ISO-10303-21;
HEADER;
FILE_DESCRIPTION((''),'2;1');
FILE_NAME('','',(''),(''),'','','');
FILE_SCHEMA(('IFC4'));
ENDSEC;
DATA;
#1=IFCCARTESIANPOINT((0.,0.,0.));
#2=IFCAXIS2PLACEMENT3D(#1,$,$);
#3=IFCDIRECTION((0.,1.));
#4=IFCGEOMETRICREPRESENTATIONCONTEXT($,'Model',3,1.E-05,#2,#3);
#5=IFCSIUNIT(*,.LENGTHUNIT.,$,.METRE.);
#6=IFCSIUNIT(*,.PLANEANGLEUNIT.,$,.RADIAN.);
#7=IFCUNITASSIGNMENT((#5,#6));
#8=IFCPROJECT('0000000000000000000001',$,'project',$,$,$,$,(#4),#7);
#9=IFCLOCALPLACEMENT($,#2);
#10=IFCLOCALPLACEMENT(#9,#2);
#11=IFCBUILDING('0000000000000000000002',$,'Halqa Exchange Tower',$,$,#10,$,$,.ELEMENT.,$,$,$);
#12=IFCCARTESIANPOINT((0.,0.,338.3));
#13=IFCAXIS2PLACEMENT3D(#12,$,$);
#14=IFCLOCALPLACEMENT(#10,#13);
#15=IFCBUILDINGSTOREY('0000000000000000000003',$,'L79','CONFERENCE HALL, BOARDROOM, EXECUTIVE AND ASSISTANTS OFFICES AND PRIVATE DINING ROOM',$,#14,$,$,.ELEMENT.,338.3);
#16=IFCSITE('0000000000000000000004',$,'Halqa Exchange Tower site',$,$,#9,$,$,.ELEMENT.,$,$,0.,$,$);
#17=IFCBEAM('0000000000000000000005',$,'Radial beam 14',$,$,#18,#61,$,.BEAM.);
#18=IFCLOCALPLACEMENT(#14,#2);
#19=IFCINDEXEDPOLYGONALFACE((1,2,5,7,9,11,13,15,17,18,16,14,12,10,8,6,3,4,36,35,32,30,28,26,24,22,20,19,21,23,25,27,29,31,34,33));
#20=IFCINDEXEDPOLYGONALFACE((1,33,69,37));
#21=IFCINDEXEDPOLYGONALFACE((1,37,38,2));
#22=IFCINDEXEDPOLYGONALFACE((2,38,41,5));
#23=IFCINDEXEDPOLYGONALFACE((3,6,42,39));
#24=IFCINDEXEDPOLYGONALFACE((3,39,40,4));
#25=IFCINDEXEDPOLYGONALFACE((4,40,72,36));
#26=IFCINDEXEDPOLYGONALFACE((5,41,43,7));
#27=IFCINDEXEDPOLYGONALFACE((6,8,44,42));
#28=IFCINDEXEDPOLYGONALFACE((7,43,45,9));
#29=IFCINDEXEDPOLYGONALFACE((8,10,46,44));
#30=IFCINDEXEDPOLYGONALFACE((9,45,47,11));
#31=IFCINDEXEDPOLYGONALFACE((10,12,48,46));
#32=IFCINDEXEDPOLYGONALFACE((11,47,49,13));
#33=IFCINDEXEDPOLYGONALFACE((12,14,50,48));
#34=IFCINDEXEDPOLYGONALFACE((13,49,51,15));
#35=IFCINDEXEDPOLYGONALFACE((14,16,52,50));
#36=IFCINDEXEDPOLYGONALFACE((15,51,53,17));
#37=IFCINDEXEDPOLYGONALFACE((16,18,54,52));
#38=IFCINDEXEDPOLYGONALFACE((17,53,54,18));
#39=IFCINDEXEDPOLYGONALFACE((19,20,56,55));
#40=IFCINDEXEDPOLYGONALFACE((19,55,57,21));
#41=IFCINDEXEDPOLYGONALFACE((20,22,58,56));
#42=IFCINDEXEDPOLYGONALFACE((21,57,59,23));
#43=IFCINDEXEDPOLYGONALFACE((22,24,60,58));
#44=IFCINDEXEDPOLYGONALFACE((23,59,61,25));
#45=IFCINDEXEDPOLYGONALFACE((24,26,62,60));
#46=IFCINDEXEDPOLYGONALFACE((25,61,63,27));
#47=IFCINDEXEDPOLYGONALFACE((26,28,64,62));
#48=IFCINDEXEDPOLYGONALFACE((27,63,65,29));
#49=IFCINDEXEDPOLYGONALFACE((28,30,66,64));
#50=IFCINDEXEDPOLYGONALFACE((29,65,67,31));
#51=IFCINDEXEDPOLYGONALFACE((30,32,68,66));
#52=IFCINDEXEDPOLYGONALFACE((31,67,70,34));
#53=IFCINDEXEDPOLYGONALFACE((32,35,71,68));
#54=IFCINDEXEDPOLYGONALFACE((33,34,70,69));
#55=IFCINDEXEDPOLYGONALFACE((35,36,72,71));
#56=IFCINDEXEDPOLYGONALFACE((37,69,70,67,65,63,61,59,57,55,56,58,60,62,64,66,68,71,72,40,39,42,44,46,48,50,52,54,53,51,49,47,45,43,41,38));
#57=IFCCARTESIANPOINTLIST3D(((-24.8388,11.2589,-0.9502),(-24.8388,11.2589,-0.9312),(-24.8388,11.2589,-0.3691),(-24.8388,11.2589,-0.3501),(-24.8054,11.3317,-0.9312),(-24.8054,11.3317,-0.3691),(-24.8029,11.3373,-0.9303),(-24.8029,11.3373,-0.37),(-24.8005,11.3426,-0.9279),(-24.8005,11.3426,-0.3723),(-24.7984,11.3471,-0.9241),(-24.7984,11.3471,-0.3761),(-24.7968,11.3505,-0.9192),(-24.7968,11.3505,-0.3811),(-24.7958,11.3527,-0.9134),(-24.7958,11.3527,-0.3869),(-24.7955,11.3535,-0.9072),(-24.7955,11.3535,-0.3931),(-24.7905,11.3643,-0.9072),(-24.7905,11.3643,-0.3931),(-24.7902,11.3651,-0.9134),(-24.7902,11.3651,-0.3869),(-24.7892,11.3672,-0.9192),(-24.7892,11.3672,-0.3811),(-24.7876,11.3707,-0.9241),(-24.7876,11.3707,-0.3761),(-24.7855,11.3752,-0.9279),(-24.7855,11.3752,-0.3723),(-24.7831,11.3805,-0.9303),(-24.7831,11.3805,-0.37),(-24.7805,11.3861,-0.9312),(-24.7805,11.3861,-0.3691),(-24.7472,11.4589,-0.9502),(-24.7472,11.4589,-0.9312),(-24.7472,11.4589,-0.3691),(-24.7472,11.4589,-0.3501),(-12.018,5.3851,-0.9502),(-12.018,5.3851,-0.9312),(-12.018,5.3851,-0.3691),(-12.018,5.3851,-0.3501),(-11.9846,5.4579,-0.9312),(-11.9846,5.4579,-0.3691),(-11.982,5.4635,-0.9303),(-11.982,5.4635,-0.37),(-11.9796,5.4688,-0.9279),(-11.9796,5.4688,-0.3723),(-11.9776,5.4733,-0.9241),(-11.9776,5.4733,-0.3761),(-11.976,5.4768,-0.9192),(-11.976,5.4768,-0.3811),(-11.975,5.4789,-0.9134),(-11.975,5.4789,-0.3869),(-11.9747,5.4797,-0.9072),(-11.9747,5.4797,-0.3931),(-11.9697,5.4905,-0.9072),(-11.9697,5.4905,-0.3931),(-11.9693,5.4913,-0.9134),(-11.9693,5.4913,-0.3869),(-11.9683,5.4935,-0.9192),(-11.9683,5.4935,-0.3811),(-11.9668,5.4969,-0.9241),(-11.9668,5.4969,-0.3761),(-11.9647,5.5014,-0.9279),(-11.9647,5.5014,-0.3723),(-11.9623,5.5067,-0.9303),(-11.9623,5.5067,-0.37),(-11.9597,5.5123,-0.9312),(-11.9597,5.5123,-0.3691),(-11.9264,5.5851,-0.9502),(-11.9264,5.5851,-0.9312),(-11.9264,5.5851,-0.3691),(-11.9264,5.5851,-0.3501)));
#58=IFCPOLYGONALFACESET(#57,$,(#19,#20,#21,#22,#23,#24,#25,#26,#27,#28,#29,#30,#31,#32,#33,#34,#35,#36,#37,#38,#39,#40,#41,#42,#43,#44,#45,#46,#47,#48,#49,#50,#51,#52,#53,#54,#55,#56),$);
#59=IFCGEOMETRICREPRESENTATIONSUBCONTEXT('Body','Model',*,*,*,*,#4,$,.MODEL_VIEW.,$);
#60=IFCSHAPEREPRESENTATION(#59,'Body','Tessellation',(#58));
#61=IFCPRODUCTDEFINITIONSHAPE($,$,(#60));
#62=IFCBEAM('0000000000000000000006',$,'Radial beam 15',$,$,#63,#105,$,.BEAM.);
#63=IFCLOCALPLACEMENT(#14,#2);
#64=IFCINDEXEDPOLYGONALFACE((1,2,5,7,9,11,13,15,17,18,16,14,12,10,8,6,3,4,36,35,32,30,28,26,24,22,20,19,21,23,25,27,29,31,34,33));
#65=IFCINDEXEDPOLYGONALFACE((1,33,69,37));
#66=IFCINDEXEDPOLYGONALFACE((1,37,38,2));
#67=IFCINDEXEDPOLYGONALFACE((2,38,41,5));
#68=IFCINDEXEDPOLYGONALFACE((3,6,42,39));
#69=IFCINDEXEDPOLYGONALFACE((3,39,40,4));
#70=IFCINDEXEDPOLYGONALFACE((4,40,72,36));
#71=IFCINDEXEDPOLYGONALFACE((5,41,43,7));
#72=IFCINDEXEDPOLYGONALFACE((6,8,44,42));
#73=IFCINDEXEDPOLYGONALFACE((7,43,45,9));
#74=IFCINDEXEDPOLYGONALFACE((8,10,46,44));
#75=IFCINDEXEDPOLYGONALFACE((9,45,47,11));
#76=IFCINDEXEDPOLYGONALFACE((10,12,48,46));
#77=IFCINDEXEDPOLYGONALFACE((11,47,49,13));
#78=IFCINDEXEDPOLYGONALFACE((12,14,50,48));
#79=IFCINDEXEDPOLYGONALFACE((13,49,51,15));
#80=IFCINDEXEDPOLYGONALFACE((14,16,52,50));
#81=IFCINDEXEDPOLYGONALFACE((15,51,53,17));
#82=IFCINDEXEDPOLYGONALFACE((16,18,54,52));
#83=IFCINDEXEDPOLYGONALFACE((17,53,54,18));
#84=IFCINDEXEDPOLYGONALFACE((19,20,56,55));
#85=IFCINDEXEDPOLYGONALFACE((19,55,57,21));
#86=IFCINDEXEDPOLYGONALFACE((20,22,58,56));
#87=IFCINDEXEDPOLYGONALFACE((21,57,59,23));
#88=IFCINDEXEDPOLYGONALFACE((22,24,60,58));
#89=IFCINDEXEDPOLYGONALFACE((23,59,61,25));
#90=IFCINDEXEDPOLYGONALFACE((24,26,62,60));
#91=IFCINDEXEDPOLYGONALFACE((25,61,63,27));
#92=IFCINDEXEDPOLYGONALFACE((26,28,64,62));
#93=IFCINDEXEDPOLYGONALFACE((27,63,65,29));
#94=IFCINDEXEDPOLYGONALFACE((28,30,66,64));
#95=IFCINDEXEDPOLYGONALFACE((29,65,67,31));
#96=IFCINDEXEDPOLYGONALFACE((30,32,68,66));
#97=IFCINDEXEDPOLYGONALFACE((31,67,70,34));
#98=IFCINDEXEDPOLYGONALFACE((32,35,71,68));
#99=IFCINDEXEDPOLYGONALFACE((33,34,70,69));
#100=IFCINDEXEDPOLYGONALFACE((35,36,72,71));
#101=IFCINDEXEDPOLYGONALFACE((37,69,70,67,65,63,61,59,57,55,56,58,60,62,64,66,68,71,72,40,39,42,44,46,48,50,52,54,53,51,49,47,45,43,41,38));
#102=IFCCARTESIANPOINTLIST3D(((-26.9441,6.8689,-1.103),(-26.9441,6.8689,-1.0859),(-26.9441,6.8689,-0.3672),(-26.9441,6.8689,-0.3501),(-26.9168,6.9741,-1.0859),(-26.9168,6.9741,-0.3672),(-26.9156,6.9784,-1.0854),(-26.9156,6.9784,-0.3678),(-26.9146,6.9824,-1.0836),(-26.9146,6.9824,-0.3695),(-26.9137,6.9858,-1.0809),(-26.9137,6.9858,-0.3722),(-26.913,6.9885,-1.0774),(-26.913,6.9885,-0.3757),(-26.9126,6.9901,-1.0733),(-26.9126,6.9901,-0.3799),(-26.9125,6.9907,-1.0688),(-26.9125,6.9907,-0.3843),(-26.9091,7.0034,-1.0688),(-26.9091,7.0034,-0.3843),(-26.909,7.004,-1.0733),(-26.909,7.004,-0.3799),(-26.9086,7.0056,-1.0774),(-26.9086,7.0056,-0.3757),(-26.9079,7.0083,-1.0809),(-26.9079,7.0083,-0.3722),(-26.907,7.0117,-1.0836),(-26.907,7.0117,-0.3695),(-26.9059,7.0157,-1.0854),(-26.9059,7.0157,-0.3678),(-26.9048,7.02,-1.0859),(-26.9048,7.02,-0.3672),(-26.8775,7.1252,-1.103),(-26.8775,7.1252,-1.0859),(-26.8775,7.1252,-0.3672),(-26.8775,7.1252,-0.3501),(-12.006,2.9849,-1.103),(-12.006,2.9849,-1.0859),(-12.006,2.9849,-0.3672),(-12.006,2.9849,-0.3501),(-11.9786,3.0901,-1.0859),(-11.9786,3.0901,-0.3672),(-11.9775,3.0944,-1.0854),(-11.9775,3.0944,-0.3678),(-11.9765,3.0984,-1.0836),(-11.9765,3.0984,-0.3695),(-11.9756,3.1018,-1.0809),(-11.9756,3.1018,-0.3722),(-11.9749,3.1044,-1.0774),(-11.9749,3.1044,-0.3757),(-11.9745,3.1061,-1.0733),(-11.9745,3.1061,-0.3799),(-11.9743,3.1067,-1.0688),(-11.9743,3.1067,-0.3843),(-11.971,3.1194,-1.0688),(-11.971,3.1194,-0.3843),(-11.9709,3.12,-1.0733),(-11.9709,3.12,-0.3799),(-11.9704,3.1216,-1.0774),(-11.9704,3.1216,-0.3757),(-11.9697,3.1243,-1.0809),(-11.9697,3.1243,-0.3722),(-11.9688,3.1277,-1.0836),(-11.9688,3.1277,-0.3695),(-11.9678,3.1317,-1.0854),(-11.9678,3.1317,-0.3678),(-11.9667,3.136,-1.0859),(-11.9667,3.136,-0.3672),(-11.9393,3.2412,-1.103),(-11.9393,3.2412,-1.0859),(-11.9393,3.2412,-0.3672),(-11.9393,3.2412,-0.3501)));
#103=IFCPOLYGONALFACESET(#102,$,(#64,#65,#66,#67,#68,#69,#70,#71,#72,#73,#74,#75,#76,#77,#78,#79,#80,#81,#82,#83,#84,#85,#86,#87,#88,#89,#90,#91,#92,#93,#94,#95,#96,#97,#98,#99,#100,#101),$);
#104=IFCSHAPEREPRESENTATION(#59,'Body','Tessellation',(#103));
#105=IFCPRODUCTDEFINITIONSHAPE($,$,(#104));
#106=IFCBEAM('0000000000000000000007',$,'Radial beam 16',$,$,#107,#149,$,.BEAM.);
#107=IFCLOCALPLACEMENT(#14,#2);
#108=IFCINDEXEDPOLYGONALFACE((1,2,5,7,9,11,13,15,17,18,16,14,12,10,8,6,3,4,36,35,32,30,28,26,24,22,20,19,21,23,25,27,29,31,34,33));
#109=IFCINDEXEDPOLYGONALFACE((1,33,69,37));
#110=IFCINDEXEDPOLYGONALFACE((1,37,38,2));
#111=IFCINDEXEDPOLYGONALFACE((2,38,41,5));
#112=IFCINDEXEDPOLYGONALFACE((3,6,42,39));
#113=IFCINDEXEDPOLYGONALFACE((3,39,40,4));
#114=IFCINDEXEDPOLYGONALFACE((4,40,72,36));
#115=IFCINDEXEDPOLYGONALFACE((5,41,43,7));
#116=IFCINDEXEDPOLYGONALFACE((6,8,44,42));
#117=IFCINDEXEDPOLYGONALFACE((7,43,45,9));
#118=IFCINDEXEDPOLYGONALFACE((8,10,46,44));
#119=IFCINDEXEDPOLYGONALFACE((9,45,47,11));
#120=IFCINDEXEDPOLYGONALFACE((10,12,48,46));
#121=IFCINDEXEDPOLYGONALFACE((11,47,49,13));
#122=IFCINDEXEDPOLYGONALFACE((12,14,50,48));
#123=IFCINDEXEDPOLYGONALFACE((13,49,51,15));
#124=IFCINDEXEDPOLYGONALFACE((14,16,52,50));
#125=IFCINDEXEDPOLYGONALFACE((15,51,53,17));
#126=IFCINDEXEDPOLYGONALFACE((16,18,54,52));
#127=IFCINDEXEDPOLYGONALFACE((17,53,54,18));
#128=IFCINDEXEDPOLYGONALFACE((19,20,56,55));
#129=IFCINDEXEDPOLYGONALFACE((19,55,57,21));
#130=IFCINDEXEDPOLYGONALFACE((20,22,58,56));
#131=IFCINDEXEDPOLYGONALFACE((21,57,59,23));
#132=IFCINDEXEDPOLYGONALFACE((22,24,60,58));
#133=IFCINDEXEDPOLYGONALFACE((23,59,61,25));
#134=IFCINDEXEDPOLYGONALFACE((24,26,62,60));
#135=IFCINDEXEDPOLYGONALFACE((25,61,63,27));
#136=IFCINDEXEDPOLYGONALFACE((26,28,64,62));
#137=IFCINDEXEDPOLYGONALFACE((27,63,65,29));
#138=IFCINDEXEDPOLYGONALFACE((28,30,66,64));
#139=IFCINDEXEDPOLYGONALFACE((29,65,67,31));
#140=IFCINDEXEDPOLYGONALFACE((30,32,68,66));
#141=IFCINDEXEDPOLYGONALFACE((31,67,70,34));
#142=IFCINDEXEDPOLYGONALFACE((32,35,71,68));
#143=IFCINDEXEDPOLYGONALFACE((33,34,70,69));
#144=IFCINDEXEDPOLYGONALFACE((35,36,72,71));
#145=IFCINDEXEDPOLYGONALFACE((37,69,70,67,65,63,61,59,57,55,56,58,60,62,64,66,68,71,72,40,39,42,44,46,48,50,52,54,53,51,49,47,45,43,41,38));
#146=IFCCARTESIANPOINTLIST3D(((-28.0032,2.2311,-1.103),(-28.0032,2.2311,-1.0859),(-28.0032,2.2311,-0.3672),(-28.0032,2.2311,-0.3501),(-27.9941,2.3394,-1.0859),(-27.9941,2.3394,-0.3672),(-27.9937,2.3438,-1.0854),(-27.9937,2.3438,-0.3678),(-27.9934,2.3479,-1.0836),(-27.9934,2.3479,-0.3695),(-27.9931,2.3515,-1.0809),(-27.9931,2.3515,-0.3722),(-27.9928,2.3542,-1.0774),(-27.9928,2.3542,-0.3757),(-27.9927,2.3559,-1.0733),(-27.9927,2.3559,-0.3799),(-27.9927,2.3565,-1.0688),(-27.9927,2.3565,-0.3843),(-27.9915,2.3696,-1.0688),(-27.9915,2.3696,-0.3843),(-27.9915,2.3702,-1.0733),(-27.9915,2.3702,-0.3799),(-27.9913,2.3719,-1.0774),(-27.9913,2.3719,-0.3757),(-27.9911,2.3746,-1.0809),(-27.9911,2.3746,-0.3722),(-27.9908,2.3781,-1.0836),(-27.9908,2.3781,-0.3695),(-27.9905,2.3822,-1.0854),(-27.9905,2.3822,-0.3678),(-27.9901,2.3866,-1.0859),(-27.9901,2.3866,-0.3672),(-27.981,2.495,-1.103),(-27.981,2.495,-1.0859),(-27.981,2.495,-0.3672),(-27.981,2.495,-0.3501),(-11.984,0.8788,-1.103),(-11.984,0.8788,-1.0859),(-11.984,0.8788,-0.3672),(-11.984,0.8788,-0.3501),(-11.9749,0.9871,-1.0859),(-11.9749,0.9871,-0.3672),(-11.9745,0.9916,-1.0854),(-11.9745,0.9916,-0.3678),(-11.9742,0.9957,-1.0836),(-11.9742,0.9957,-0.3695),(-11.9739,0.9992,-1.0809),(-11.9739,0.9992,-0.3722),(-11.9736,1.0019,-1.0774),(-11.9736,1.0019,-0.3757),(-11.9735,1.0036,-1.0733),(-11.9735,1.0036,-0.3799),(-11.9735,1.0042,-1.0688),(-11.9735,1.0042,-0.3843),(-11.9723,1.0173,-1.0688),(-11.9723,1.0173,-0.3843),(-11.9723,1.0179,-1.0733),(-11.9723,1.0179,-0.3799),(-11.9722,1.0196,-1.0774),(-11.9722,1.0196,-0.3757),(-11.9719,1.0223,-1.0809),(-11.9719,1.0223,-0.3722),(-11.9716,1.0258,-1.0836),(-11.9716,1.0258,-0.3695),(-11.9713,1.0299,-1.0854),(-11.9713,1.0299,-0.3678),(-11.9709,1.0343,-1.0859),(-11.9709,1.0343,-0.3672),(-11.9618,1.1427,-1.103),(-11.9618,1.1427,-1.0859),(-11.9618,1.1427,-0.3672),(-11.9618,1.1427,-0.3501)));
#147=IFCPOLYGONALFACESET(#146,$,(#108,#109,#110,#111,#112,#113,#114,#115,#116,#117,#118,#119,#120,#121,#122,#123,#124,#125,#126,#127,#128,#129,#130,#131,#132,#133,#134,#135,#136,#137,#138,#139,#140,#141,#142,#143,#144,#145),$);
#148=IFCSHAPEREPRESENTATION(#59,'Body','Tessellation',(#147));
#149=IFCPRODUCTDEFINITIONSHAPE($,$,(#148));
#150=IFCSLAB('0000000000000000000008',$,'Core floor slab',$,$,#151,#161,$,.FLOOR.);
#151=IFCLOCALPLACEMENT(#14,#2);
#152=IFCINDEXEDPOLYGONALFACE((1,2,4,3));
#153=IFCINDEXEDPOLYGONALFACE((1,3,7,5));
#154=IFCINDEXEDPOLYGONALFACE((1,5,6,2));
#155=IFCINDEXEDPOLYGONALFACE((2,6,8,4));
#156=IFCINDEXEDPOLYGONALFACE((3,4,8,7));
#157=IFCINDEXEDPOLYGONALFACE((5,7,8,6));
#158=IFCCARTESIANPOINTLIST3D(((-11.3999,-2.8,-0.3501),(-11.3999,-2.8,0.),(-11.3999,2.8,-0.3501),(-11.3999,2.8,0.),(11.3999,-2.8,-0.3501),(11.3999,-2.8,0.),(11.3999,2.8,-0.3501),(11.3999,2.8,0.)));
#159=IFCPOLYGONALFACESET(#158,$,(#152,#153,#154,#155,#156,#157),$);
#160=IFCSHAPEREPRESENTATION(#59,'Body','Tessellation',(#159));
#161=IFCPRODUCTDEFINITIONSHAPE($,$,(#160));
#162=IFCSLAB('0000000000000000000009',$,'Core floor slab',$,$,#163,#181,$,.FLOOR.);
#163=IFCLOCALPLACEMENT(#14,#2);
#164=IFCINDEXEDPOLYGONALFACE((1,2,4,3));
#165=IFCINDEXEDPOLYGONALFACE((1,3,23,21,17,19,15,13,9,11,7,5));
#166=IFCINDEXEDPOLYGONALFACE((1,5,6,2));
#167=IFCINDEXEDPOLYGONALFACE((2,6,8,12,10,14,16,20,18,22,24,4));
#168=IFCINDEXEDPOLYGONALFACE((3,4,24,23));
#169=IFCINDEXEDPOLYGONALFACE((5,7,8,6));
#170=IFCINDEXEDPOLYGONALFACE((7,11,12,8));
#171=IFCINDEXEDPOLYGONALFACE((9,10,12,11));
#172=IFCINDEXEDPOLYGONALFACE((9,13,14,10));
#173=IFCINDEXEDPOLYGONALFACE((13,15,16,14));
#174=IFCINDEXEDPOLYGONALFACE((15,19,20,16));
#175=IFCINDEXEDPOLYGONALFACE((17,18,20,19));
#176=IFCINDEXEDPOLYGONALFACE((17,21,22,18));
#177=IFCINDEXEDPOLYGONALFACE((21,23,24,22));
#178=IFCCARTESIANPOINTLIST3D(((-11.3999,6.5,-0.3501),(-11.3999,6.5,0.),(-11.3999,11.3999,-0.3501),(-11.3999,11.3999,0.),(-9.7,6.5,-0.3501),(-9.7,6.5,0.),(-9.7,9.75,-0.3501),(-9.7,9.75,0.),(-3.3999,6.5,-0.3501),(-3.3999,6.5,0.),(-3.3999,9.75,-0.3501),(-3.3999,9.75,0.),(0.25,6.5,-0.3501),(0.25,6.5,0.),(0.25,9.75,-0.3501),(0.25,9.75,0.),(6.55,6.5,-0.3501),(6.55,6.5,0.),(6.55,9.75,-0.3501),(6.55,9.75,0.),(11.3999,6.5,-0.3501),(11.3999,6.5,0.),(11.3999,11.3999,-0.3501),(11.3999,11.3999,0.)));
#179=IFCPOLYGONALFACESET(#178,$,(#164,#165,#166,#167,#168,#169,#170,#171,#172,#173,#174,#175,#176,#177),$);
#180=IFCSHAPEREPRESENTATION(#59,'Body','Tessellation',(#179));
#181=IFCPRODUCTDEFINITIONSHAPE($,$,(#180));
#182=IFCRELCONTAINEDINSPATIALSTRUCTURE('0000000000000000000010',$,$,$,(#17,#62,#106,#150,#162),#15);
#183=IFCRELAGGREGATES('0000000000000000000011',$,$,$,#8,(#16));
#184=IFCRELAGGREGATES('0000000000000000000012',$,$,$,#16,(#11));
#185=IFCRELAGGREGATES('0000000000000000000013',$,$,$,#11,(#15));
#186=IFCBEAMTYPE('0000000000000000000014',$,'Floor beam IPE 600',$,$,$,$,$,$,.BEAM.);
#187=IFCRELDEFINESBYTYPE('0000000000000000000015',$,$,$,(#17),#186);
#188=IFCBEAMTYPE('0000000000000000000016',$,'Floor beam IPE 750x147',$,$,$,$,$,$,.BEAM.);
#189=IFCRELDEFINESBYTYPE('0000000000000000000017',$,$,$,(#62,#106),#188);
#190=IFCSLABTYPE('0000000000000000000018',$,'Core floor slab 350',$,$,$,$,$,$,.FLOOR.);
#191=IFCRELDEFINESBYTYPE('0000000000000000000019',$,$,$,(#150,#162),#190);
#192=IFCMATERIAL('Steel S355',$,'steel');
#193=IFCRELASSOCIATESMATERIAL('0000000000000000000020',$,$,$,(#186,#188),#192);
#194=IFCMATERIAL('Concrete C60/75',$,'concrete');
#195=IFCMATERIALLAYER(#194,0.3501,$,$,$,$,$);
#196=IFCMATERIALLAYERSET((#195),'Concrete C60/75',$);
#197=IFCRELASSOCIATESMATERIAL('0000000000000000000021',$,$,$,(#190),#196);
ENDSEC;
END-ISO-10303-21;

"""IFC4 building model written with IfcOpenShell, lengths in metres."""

from ifc_helpers import new_model, si_unit, direction, frame, origin, origin_2d, place, context, subcontext, project, spatial, polyline, i_section, outline, extrude, material, layer, layer_set, material_profile, profile_set, type_object, element, save


model = new_model("IFC4")

# Units and contexts
model_context = context("Model", 3, precision=1e-05, world=origin(), true_north=direction((0.0, 1.0)))
body_context = subcontext(model_context, "Body", "Model", "MODEL_VIEW")
ifc_project = project(units=[si_unit("LENGTHUNIT", "METRE"), si_unit("PLANEANGLEUNIT", "RADIAN")], contexts=[model_context])

# Site, building, storey
site_placement = place(None, origin())
site = spatial("IfcSite", under=ifc_project, at=site_placement, Name="Halqa Exchange Tower site", CompositionType="ELEMENT", RefElevation=0.0)
building_placement = place(site_placement, origin())
building = spatial("IfcBuilding", under=site, at=building_placement, Name="Halqa Exchange Tower", CompositionType="ELEMENT")
storey_placement = place(building_placement, frame((0.0, 0.0, 338.3)))
storey = spatial("IfcBuildingStorey", under=building, at=storey_placement, Name="L79", Description="CONFERENCE HALL, BOARDROOM, EXECUTIVE AND ASSISTANTS OFFICES AND PRIVATE DINING ROOM", CompositionType="ELEMENT", Elevation=338.3)

# Beams
ifc_material_1 = material(Name="Steel S355", Category="steel")
ifc_material_profile_1 = material_profile(ifc_material_1, i_section(OverallWidth=0.22, OverallDepth=0.6001, WebThickness=0.012, FlangeThickness=0.019, FilletRadius=0.0239, at=origin_2d()), Name="IPE 600")
ifc_profile_set_1 = profile_set([ifc_material_profile_1], Name="Steel S355")
beam_type_1 = type_object("IfcBeamType", Name="Floor beam IPE 600", PredefinedType="BEAM", material=ifc_profile_set_1)
beam_1_placement = place(storey_placement, frame((-11.9722, 5.4851, -0.6501), z_axis=(-0.90913, 0.416513, 0.0), x_axis=(-0.416513, -0.90913, 0.0)))
element("IfcBeam", 1, at=beam_1_placement, inside=storey, type_object=beam_type_1, Name="Radial beam 14", PredefinedType="BEAM", context=body_context, shape_type="SweptSolid", body=[
    extrude(i_section(OverallWidth=0.22, OverallDepth=0.6001, WebThickness=0.012, FlangeThickness=0.019, FilletRadius=0.0239, at=origin_2d()), origin(), (0.0, 0.0, 1.0), 14.1023),
])
ifc_material_profile_2 = material_profile(ifc_material_1, i_section(OverallWidth=0.2649, OverallDepth=0.7529, WebThickness=0.0132, FlangeThickness=0.0171, FilletRadius=0.0171, at=origin_2d()), Name="IPE 750x147")
ifc_profile_set_2 = profile_set([ifc_material_profile_2], Name="Steel S355")
beam_type_2 = type_object("IfcBeamType", Name="Floor beam IPE 750x147", PredefinedType="BEAM", material=ifc_profile_set_2)
beam_2_placement = place(storey_placement, frame((-11.9727, 3.113, -0.7266), z_axis=(-0.967821, 0.251639, 0.0), x_axis=(-0.251639, -0.967821, 0.0)))
element("IfcBeam", 2, at=beam_2_placement, inside=storey, type_object=beam_type_2, Name="Radial beam 15", PredefinedType="BEAM", context=body_context, shape_type="SweptSolid", body=[
    extrude(i_section(OverallWidth=0.2649, OverallDepth=0.7529, WebThickness=0.0132, FlangeThickness=0.0171, FilletRadius=0.0171, at=origin_2d()), origin(), (0.0, 0.0, 1.0), 15.4348),
])
beam_3_placement = place(storey_placement, frame((-11.9729, 1.0107, -0.7266), z_axis=(-0.996456, 0.084117, 0.0), x_axis=(-0.084117, -0.996456, 0.0)))
element("IfcBeam", 3, at=beam_3_placement, inside=storey, type_object=beam_type_2, Name="Radial beam 16", PredefinedType="BEAM", context=body_context, shape_type="SweptSolid", body=[
    extrude(i_section(OverallWidth=0.2649, OverallDepth=0.7529, WebThickness=0.0132, FlangeThickness=0.0171, FilletRadius=0.0171, at=origin_2d()), origin(), (0.0, 0.0, 1.0), 16.0762),
])

# Slabs
ifc_material_2 = material(Name="Concrete C60/75", Category="concrete")
ifc_layer_1 = layer(ifc_material_2, 0.3501)
ifc_layer_set_1 = layer_set([ifc_layer_1], Name="Concrete C60/75")
slab_type = type_object("IfcSlabType", Name="Core floor slab 350", PredefinedType="FLOOR", material=ifc_layer_set_1)
slab_1_placement = place(storey_placement, frame((0.0, 0.0, -0.3501)))
element("IfcSlab", 4, at=slab_1_placement, inside=storey, type_object=slab_type, Name="Core floor slab", PredefinedType="FLOOR", context=body_context, shape_type="SweptSolid", body=[
    extrude(outline(polyline([(-11.3999, 2.8), (11.3999, 2.8), (11.3999, -2.8), (-11.3999, -2.8), (-11.3999, 2.8)])), origin(), (0.0, 0.0, 1.0), 0.3501),
])
slab_2_placement = place(storey_placement, frame((0.0, 0.0, -0.3501)))
element("IfcSlab", 5, at=slab_2_placement, inside=storey, type_object=slab_type, Name="Core floor slab", PredefinedType="FLOOR", context=body_context, shape_type="SweptSolid", body=[
    extrude(outline(polyline([(-11.3999, 11.3999), (11.3999, 11.3999), (11.3999, 6.5), (6.55, 6.5), (6.55, 9.75), (0.25, 9.75), (0.25, 6.5), (-3.3999, 6.5), (-3.3999, 9.75), (-9.7, 9.75), (-9.7, 6.5), (-11.3999, 6.5), (-11.3999, 11.3999)])), origin(), (0.0, 0.0, 1.0), 0.3501),
])

save(model, "model.ifc")
